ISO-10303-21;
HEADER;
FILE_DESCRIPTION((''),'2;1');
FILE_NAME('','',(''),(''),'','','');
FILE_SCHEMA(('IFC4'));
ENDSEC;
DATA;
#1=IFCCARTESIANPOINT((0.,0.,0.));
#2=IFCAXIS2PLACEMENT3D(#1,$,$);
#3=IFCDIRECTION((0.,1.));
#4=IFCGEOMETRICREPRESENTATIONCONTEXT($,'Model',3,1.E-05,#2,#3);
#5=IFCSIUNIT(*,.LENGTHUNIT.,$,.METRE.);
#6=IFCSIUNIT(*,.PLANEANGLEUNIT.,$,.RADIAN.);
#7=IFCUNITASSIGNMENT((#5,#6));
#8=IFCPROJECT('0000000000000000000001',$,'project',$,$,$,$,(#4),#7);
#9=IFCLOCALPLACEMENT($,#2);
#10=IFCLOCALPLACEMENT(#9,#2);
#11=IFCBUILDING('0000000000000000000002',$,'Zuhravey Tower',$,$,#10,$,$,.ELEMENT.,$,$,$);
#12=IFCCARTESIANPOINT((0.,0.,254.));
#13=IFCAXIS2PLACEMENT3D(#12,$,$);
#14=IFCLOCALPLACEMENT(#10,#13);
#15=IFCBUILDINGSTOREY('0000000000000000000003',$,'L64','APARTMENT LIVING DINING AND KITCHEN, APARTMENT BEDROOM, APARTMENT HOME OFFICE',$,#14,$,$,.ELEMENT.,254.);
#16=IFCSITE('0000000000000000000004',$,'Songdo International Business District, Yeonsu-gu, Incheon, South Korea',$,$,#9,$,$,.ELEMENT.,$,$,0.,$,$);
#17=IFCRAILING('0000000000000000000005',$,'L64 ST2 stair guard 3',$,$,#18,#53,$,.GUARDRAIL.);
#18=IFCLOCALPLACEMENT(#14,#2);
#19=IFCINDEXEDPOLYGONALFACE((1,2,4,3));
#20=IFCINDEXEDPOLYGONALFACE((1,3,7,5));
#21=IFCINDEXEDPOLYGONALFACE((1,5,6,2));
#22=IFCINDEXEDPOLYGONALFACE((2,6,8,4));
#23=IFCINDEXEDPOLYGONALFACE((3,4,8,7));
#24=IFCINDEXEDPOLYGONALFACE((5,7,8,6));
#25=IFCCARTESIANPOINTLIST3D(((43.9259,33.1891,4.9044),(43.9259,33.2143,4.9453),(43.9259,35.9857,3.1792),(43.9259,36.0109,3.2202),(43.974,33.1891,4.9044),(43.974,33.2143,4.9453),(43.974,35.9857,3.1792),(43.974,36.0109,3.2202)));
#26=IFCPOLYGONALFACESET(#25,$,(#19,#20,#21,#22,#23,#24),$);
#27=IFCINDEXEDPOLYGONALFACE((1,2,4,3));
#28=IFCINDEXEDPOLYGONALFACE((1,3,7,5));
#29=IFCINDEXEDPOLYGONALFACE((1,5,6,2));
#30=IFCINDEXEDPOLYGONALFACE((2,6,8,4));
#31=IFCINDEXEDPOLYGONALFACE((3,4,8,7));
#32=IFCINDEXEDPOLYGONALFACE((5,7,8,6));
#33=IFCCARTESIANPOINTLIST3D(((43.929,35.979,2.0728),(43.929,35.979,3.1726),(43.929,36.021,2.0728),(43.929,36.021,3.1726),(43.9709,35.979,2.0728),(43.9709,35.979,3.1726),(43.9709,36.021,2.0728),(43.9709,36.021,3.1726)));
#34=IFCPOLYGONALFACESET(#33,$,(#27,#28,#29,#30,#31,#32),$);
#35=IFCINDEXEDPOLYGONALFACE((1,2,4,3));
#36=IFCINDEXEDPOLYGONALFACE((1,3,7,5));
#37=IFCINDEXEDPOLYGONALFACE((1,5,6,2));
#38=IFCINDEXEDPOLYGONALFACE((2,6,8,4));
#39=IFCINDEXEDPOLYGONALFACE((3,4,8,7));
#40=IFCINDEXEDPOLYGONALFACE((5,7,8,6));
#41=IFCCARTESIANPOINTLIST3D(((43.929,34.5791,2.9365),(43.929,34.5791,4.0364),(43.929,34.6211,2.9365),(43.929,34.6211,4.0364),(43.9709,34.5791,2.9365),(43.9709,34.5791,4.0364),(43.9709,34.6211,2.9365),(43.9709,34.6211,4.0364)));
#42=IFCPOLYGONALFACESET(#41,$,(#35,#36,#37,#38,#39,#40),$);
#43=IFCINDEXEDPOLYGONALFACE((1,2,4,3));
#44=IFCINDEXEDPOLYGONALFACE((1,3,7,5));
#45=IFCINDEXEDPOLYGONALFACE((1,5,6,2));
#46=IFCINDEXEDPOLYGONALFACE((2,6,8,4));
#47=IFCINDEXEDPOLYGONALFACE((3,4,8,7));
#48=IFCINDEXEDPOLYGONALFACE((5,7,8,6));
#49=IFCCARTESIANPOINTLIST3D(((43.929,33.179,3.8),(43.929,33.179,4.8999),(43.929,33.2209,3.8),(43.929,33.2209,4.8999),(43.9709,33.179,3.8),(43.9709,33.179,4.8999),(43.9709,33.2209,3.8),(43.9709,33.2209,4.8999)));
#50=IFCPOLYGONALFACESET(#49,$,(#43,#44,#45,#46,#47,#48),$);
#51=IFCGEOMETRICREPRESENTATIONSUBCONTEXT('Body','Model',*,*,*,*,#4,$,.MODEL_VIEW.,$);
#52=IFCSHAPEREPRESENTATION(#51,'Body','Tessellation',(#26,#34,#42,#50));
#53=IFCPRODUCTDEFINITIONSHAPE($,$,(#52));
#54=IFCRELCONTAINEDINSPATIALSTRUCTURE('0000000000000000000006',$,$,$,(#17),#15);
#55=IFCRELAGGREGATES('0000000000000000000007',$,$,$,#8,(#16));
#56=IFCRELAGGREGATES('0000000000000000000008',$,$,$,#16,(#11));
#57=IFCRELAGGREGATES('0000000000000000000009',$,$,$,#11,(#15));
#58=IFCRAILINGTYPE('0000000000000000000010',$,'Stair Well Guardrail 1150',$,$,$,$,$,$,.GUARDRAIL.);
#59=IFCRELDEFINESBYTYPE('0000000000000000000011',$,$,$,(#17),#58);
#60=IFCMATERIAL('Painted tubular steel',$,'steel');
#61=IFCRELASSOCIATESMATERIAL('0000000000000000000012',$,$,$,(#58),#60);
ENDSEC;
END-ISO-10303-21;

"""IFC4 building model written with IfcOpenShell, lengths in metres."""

from ifc_helpers import new_model, si_unit, direction, frame, origin, origin_2d, place, context, subcontext, project, spatial, rectangle, extrude, material, type_object, element, save


model = new_model("IFC4")

# Units and contexts
model_context = context("Model", 3, precision=1e-05, world=origin(), true_north=direction((0.0, 1.0)))
body_context = subcontext(model_context, "Body", "Model", "MODEL_VIEW")
ifc_project = project(units=[si_unit("LENGTHUNIT", "METRE"), si_unit("PLANEANGLEUNIT", "RADIAN")], contexts=[model_context])

# Site, building, storey
site_placement = place(None, origin())
site = spatial("IfcSite", under=ifc_project, at=site_placement, Name="Songdo International Business District, Yeonsu-gu, Incheon, South Korea", CompositionType="ELEMENT", RefElevation=0.0)
building_placement = place(site_placement, origin())
building = spatial("IfcBuilding", under=site, at=building_placement, Name="Zuhravey Tower", CompositionType="ELEMENT")
storey_placement = place(building_placement, frame((0.0, 0.0, 254.0)))
storey = spatial("IfcBuildingStorey", under=building, at=storey_placement, Name="L64", Description="APARTMENT LIVING DINING AND KITCHEN, APARTMENT BEDROOM, APARTMENT HOME OFFICE", CompositionType="ELEMENT", Elevation=254.0)

# Railing
ifc_material_1 = material(Name="Painted tubular steel", Category="steel")
railing_type = type_object("IfcRailingType", Name="Stair Well Guardrail 1150", PredefinedType="GUARDRAIL", material=ifc_material_1)
railing_1_placement = place(storey_placement, frame((43.95, 36.0, 2.0728)))
element("IfcRailing", 1, at=railing_1_placement, inside=storey, type_object=railing_type, Name="L64 ST2 stair guard 3", PredefinedType="GUARDRAIL", context=body_context, shape_type="SweptSolid", body=[
    extrude(rectangle(XDim=0.0481, YDim=0.0481, at=origin_2d()), frame((0.0, -0.0017, 1.127), z_axis=(0.0, -0.85109, 0.52502), x_axis=(1.0, 0.0, 0.0)), (0.0, 0.0, 1.0), 3.2859),
    extrude(rectangle(XDim=0.042, YDim=0.042, at=origin_2d()), origin(), (0.0, 0.0, 1.0), 1.0999),
    extrude(rectangle(XDim=0.042, YDim=0.042, at=origin_2d()), frame((0.0, -1.3999, 0.8638)), (0.0, 0.0, 1.0), 1.0999),
    extrude(rectangle(XDim=0.042, YDim=0.042, at=origin_2d()), frame((0.0, -2.8, 1.7273)), (0.0, 0.0, 1.0), 1.0999),
])

save(model, "model.ifc")
